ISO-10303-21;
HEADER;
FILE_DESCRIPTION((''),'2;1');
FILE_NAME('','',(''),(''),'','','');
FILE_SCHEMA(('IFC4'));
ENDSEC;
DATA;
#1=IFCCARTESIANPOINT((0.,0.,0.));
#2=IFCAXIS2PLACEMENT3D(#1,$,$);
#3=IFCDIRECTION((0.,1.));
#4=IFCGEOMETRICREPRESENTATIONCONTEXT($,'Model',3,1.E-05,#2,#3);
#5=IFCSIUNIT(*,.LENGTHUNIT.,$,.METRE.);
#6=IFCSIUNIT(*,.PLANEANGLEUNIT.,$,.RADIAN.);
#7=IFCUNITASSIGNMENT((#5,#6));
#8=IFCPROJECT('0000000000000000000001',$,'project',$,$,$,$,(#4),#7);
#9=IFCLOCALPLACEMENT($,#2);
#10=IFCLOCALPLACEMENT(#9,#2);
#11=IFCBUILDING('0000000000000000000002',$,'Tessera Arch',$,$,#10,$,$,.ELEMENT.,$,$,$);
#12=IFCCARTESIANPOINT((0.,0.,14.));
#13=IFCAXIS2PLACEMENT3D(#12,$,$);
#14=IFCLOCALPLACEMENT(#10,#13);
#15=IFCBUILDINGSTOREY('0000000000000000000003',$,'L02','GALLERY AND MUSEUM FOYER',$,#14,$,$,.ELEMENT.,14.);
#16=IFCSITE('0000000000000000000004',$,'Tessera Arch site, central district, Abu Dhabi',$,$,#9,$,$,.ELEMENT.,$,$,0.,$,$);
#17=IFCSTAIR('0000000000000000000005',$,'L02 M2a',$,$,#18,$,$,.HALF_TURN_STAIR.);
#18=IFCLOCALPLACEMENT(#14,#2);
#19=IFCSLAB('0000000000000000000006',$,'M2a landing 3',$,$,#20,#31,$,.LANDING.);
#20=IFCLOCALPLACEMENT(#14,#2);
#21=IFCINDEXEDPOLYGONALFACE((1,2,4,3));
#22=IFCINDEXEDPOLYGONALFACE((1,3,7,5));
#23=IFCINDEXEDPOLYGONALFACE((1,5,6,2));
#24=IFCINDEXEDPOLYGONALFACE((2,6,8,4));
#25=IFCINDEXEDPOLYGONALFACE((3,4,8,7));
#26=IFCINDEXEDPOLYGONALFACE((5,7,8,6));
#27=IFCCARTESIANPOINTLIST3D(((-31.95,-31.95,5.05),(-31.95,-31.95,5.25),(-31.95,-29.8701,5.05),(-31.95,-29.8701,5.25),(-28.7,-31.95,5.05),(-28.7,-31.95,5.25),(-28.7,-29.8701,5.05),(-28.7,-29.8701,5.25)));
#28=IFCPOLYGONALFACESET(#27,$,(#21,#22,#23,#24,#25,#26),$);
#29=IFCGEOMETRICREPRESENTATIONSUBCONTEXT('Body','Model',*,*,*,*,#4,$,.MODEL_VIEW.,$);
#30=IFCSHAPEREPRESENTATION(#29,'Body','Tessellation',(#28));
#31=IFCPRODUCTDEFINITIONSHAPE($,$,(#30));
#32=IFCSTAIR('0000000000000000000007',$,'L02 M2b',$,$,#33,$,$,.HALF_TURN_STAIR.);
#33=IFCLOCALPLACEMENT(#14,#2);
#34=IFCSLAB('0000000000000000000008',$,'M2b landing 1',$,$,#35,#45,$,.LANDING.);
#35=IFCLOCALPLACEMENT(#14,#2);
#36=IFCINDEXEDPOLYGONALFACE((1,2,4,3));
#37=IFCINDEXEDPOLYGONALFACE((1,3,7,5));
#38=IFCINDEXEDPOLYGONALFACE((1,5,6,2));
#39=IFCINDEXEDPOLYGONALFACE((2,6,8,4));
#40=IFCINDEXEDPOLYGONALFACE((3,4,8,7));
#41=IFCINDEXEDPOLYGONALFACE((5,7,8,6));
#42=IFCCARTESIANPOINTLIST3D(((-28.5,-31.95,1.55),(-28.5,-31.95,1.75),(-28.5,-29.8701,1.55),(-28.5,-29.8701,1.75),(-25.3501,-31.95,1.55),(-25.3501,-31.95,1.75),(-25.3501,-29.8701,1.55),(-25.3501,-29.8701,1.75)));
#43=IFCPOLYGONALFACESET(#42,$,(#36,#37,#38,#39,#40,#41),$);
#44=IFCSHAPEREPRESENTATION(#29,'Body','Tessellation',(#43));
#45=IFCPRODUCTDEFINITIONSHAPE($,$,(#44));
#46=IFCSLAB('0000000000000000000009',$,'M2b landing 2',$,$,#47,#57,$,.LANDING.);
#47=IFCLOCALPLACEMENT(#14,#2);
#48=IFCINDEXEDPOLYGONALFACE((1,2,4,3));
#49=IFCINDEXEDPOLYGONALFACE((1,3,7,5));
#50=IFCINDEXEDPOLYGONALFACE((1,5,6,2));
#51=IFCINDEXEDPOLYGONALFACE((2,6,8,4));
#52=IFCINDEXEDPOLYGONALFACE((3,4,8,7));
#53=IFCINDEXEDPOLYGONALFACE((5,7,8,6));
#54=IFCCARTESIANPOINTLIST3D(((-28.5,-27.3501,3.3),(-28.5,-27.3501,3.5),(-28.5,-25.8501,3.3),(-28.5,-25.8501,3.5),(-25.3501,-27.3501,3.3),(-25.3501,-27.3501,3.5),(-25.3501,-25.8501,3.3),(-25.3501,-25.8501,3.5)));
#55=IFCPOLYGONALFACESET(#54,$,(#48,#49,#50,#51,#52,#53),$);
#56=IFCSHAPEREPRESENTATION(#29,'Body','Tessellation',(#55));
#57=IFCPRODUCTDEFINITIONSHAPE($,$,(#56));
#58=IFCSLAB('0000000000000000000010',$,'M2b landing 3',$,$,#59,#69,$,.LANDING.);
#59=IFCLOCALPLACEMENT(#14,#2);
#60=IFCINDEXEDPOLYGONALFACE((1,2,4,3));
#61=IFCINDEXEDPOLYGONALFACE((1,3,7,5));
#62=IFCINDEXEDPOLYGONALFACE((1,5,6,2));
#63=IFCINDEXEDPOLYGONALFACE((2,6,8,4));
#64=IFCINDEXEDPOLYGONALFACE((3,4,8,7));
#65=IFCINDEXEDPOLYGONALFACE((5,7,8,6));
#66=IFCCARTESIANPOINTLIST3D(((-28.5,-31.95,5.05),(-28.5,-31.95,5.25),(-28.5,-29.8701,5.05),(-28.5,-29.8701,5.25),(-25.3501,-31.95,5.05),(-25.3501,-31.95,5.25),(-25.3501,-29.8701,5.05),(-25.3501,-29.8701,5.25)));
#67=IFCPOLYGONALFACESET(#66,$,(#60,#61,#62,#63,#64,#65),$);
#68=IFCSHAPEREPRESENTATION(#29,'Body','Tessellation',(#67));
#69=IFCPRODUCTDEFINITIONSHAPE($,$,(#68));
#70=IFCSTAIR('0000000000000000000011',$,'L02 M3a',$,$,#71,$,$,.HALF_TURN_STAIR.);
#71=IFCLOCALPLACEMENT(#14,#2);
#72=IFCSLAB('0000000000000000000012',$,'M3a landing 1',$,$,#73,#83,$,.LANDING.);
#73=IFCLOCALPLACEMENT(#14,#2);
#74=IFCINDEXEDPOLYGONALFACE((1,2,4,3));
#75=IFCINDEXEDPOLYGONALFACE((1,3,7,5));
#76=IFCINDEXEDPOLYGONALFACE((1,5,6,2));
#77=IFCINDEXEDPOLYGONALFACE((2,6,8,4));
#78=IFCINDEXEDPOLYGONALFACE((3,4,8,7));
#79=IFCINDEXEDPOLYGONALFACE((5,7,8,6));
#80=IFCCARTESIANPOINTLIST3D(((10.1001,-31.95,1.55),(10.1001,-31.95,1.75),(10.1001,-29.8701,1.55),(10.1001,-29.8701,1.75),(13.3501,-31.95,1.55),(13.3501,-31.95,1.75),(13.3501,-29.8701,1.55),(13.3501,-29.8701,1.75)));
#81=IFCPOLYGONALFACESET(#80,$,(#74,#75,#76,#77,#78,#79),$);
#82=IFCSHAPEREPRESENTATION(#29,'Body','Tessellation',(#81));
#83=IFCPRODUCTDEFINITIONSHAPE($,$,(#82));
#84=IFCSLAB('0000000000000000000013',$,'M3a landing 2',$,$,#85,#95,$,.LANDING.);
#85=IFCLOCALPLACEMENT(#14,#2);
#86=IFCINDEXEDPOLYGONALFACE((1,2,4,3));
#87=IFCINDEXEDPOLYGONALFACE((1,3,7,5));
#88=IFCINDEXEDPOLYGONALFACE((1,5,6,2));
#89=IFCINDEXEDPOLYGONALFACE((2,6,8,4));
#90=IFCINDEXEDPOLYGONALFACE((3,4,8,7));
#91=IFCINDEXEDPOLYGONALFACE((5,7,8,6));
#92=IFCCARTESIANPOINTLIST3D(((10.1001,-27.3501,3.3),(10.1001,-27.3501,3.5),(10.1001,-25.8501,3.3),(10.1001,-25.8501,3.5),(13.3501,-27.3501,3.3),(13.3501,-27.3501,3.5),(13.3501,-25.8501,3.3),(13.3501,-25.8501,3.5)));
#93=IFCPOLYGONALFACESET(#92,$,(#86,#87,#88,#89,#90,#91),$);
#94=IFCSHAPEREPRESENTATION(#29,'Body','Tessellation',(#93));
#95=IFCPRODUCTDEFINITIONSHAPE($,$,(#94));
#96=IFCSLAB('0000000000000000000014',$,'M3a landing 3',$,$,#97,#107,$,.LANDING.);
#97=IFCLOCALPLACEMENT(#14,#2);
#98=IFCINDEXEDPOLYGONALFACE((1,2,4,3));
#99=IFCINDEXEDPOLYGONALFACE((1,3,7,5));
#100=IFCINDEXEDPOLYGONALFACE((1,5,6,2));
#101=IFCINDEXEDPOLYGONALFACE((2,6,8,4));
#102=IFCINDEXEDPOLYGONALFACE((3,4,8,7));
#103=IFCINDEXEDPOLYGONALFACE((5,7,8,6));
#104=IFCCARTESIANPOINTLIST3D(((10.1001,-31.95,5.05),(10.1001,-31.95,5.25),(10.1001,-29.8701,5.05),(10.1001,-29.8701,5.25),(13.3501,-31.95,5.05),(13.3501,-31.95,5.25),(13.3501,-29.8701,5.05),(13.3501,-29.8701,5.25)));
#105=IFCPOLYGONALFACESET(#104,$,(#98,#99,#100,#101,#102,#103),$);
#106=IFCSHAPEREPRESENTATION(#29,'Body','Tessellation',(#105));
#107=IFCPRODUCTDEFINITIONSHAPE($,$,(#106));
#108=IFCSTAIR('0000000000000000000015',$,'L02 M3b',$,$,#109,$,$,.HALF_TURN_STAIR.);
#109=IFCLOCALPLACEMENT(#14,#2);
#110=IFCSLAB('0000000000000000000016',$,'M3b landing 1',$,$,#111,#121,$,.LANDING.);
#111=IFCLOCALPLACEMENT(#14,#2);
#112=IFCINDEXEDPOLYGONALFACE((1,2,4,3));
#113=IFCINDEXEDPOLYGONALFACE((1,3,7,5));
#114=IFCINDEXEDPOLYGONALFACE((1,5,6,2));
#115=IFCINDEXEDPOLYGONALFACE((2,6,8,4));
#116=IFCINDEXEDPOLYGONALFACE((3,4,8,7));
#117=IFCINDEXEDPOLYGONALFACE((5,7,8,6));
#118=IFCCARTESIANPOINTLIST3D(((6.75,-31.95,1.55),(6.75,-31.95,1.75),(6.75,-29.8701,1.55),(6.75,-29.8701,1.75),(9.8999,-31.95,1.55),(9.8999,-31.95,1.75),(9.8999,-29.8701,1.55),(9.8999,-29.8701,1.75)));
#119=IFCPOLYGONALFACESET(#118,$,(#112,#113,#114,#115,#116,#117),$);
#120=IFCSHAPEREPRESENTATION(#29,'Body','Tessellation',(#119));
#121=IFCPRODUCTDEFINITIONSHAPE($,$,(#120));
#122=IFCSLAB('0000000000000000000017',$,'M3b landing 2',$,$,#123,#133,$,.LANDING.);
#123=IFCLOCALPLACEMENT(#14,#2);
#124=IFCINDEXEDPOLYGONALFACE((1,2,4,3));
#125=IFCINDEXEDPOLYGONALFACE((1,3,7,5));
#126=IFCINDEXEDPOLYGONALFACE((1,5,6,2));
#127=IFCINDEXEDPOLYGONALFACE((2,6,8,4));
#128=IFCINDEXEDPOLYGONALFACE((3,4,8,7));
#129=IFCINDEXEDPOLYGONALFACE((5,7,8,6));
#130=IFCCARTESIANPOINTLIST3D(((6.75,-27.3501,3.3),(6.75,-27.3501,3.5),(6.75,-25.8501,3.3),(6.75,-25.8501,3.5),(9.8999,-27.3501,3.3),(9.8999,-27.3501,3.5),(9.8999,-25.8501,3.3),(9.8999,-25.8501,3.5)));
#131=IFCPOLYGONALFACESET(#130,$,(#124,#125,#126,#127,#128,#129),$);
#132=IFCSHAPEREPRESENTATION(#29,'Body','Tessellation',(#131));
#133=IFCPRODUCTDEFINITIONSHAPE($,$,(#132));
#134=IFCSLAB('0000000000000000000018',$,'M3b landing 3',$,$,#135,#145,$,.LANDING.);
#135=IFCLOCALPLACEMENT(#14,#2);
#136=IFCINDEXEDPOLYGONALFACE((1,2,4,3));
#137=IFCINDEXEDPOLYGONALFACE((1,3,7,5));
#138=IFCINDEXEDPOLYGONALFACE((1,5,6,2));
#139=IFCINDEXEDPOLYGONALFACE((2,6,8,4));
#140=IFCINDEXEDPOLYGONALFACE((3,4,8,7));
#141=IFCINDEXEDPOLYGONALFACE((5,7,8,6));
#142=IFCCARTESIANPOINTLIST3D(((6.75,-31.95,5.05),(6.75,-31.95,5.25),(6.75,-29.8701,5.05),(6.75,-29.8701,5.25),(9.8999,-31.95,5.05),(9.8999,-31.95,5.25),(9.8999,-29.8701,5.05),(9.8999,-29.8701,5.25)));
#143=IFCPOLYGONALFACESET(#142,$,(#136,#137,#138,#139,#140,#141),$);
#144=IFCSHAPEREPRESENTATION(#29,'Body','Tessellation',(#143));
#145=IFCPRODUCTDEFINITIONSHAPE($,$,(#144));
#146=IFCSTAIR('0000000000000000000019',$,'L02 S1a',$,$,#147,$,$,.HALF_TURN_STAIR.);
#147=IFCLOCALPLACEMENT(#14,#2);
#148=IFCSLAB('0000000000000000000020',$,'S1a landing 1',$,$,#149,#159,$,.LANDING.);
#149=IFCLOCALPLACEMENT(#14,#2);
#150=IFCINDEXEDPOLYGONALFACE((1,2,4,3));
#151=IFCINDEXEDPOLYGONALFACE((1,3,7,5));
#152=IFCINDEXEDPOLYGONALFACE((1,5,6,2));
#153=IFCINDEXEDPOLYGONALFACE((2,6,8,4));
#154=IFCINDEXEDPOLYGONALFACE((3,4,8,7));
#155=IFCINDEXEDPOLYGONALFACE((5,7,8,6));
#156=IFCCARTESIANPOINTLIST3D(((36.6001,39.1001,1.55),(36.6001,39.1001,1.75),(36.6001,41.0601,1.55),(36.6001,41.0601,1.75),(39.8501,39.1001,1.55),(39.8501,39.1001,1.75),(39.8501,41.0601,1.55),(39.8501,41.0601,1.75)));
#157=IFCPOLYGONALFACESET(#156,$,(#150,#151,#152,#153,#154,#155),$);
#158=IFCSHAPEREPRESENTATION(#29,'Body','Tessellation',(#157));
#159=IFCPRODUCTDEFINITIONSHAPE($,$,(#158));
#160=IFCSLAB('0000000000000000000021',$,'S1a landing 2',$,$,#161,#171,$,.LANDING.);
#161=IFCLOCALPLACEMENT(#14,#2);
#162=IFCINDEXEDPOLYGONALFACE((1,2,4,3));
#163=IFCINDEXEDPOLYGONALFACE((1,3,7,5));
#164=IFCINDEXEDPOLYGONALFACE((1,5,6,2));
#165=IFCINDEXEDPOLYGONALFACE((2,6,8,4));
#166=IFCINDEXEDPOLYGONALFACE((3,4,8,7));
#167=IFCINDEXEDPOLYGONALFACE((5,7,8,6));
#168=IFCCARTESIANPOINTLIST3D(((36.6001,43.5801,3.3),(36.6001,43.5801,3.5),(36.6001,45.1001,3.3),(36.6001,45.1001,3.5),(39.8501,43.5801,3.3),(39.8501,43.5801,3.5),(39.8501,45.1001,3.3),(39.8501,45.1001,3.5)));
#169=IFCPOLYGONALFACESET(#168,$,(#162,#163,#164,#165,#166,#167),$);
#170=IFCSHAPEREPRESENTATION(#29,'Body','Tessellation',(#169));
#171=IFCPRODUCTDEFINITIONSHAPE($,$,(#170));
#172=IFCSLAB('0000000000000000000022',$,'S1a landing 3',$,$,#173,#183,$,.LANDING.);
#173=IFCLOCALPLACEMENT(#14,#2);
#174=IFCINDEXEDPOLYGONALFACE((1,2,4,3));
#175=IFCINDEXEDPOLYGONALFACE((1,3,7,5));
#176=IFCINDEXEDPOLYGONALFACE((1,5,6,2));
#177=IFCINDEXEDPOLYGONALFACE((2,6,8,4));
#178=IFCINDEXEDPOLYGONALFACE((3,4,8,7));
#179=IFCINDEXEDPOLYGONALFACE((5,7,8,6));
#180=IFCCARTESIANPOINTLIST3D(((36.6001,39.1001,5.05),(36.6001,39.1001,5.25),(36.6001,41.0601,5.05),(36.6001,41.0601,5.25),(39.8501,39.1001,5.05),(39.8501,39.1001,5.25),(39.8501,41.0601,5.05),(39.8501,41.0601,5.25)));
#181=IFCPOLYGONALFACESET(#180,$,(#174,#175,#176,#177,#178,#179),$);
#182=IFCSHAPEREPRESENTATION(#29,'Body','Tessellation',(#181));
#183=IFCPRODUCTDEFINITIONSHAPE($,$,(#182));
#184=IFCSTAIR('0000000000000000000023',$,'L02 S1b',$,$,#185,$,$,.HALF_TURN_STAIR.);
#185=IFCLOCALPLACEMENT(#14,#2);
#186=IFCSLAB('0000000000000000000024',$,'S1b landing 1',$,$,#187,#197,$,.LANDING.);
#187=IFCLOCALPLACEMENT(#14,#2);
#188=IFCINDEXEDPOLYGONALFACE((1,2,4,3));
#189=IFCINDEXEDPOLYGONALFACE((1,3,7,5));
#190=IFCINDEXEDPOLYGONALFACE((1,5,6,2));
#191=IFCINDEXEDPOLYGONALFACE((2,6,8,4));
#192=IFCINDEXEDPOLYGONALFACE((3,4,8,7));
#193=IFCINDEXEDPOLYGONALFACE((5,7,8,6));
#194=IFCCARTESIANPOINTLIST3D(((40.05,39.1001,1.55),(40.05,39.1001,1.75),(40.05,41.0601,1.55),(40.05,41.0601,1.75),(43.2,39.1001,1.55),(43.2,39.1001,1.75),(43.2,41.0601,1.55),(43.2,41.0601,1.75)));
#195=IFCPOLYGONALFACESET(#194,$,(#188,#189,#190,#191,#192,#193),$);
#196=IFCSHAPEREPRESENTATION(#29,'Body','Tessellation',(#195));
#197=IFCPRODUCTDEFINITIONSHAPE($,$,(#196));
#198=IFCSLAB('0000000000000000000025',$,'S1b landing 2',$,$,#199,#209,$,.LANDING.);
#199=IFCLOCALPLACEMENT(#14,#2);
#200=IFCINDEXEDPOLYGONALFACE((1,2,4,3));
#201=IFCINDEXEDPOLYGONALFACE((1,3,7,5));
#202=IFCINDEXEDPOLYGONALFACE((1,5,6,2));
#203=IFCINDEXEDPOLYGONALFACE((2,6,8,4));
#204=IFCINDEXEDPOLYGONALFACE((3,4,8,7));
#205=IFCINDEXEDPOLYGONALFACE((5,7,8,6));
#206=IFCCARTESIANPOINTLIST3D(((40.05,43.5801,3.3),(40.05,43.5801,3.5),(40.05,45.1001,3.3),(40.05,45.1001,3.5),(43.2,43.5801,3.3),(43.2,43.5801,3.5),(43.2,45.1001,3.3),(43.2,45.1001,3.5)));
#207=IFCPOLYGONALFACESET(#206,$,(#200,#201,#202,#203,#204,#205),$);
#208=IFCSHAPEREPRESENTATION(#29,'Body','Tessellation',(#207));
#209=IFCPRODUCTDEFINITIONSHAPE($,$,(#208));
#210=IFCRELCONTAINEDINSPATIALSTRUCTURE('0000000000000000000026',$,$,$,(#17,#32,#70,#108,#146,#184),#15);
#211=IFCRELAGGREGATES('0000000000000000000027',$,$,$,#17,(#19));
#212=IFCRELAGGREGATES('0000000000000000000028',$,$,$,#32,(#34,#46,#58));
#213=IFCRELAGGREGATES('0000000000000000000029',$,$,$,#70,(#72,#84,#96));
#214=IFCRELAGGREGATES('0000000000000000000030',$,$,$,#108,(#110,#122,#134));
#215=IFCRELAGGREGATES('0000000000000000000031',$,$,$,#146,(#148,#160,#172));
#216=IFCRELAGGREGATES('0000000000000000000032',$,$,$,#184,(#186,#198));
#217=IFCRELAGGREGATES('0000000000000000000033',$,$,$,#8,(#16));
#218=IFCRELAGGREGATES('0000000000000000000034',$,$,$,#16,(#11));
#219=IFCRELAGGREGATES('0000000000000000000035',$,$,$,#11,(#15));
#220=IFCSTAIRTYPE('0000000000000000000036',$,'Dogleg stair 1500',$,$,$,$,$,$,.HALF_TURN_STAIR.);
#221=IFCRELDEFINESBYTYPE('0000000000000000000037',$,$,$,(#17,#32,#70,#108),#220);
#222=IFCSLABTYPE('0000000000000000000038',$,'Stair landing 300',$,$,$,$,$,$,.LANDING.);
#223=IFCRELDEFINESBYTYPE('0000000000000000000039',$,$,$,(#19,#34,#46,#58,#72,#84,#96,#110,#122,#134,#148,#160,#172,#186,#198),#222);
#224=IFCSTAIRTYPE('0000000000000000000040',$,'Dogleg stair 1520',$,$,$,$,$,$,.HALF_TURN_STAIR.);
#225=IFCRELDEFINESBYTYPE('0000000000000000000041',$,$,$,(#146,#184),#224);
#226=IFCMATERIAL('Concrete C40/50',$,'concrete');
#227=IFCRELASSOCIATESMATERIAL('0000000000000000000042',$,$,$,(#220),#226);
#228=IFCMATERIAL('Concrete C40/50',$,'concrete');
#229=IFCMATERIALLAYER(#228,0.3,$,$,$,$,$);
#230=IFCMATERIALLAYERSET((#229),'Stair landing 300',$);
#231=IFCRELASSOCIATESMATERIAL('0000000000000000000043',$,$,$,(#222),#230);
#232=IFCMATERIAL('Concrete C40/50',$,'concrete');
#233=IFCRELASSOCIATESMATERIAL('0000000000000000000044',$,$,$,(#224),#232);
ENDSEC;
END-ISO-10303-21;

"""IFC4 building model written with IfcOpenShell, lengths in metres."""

from ifc_helpers import new_model, si_unit, direction, frame, origin, place, context, subcontext, project, spatial, polyline, outline, extrude, material, layer, layer_set, type_object, element, aggregate, save


model = new_model("IFC4")

# Units and contexts
model_context = context("Model", 3, precision=1e-05, world=origin(), true_north=direction((0.0, 1.0)))
body_context = subcontext(model_context, "Body", "Model", "MODEL_VIEW")
ifc_project = project(units=[si_unit("LENGTHUNIT", "METRE"), si_unit("PLANEANGLEUNIT", "RADIAN")], contexts=[model_context])

# Site, building, storey
site_placement = place(None, origin())
site = spatial("IfcSite", under=ifc_project, at=site_placement, Name="Tessera Arch site, central district, Abu Dhabi", CompositionType="ELEMENT", RefElevation=0.0)
building_placement = place(site_placement, origin())
building = spatial("IfcBuilding", under=site, at=building_placement, Name="Tessera Arch", CompositionType="ELEMENT")
storey_placement = place(building_placement, frame((0.0, 0.0, 14.0)))
storey = spatial("IfcBuildingStorey", under=building, at=storey_placement, Name="L02", Description="GALLERY AND MUSEUM FOYER", CompositionType="ELEMENT", Elevation=14.0)

# Stair, slab
ifc_material_1 = material(Name="Concrete C40/50", Category="concrete")
stair_type_1 = type_object("IfcStairType", Name="Dogleg stair 1500", PredefinedType="HALF_TURN_STAIR", material=ifc_material_1)
stair_1_placement = place(storey_placement, origin())
stair_1 = element("IfcStair", 1, at=stair_1_placement, inside=storey, type_object=stair_type_1, Name="L02 M2a", PredefinedType="HALF_TURN_STAIR")
ifc_material_2 = material(Name="Concrete C40/50", Category="concrete")
ifc_layer = layer(ifc_material_2, 0.3)
ifc_layer_set = layer_set([ifc_layer], Name="Stair landing 300")
slab_type = type_object("IfcSlabType", Name="Stair landing 300", PredefinedType="LANDING", material=ifc_layer_set)
slab_1_placement = place(storey_placement, frame((0.0, 0.0, 5.05)))
slab_1 = element("IfcSlab", 2, at=slab_1_placement, type_object=slab_type, Name="M2a landing 3", PredefinedType="LANDING", context=body_context, shape_type="SweptSolid", body=[
    extrude(outline(polyline([(-31.95, -29.8701), (-31.95, -31.95), (-28.7, -31.95), (-28.7, -29.8701), (-31.95, -29.8701)])), origin(), (0.0, 0.0, 1.0), 0.2),
])
aggregate(stair_1, [slab_1])

# Stairs, slabs
stair_2_placement = place(storey_placement, origin())
stair_2 = element("IfcStair", 3, at=stair_2_placement, inside=storey, type_object=stair_type_1, Name="L02 M2b", PredefinedType="HALF_TURN_STAIR")
slab_2_placement = place(storey_placement, frame((0.0, 0.0, 1.55)))
slab_2 = element("IfcSlab", 4, at=slab_2_placement, type_object=slab_type, Name="M2b landing 1", PredefinedType="LANDING", context=body_context, shape_type="SweptSolid", body=[
    extrude(outline(polyline([(-28.5, -29.8701), (-28.5, -31.95), (-25.3501, -31.95), (-25.3501, -29.8701), (-28.5, -29.8701)])), origin(), (0.0, 0.0, 1.0), 0.2),
])
slab_3_placement = place(storey_placement, frame((0.0, 0.0, 3.3)))
slab_3 = element("IfcSlab", 5, at=slab_3_placement, type_object=slab_type, Name="M2b landing 2", PredefinedType="LANDING", context=body_context, shape_type="SweptSolid", body=[
    extrude(outline(polyline([(-28.5, -25.8501), (-28.5, -27.3501), (-25.3501, -27.3501), (-25.3501, -25.8501), (-28.5, -25.8501)])), origin(), (0.0, 0.0, 1.0), 0.2),
])
slab_4_placement = place(storey_placement, frame((0.0, 0.0, 5.05)))
slab_4 = element("IfcSlab", 6, at=slab_4_placement, type_object=slab_type, Name="M2b landing 3", PredefinedType="LANDING", context=body_context, shape_type="SweptSolid", body=[
    extrude(outline(polyline([(-28.5, -29.8701), (-28.5, -31.95), (-25.3501, -31.95), (-25.3501, -29.8701), (-28.5, -29.8701)])), origin(), (0.0, 0.0, 1.0), 0.2),
])
aggregate(stair_2, [slab_2, slab_3, slab_4])
stair_3_placement = place(storey_placement, origin())
stair_3 = element("IfcStair", 7, at=stair_3_placement, inside=storey, type_object=stair_type_1, Name="L02 M3a", PredefinedType="HALF_TURN_STAIR")
slab_5_placement = place(storey_placement, frame((0.0, 0.0, 1.55)))
slab_5 = element("IfcSlab", 8, at=slab_5_placement, type_object=slab_type, Name="M3a landing 1", PredefinedType="LANDING", context=body_context, shape_type="SweptSolid", body=[
    extrude(outline(polyline([(10.1001, -29.8701), (10.1001, -31.95), (13.3501, -31.95), (13.3501, -29.8701), (10.1001, -29.8701)])), origin(), (0.0, 0.0, 1.0), 0.2),
])
slab_6_placement = place(storey_placement, frame((0.0, 0.0, 3.3)))
slab_6 = element("IfcSlab", 9, at=slab_6_placement, type_object=slab_type, Name="M3a landing 2", PredefinedType="LANDING", context=body_context, shape_type="SweptSolid", body=[
    extrude(outline(polyline([(10.1001, -25.8501), (10.1001, -27.3501), (13.3501, -27.3501), (13.3501, -25.8501), (10.1001, -25.8501)])), origin(), (0.0, 0.0, 1.0), 0.2),
])
slab_7_placement = place(storey_placement, frame((0.0, 0.0, 5.05)))
slab_7 = element("IfcSlab", 10, at=slab_7_placement, type_object=slab_type, Name="M3a landing 3", PredefinedType="LANDING", context=body_context, shape_type="SweptSolid", body=[
    extrude(outline(polyline([(10.1001, -29.8701), (10.1001, -31.95), (13.3501, -31.95), (13.3501, -29.8701), (10.1001, -29.8701)])), origin(), (0.0, 0.0, 1.0), 0.2),
])
aggregate(stair_3, [slab_5, slab_6, slab_7])
stair_4_placement = place(storey_placement, origin())
stair_4 = element("IfcStair", 11, at=stair_4_placement, inside=storey, type_object=stair_type_1, Name="L02 M3b", PredefinedType="HALF_TURN_STAIR")
slab_8_placement = place(storey_placement, frame((0.0, 0.0, 1.55)))
slab_8 = element("IfcSlab", 12, at=slab_8_placement, type_object=slab_type, Name="M3b landing 1", PredefinedType="LANDING", context=body_context, shape_type="SweptSolid", body=[
    extrude(outline(polyline([(6.75, -29.8701), (6.75, -31.95), (9.8999, -31.95), (9.8999, -29.8701), (6.75, -29.8701)])), origin(), (0.0, 0.0, 1.0), 0.2),
])
slab_9_placement = place(storey_placement, frame((0.0, 0.0, 3.3)))
slab_9 = element("IfcSlab", 13, at=slab_9_placement, type_object=slab_type, Name="M3b landing 2", PredefinedType="LANDING", context=body_context, shape_type="SweptSolid", body=[
    extrude(outline(polyline([(6.75, -25.8501), (6.75, -27.3501), (9.8999, -27.3501), (9.8999, -25.8501), (6.75, -25.8501)])), origin(), (0.0, 0.0, 1.0), 0.2),
])
slab_10_placement = place(storey_placement, frame((0.0, 0.0, 5.05)))
slab_10 = element("IfcSlab", 14, at=slab_10_placement, type_object=slab_type, Name="M3b landing 3", PredefinedType="LANDING", context=body_context, shape_type="SweptSolid", body=[
    extrude(outline(polyline([(6.75, -29.8701), (6.75, -31.95), (9.8999, -31.95), (9.8999, -29.8701), (6.75, -29.8701)])), origin(), (0.0, 0.0, 1.0), 0.2),
])
aggregate(stair_4, [slab_8, slab_9, slab_10])
ifc_material_3 = material(Name="Concrete C40/50", Category="concrete")
stair_type_2 = type_object("IfcStairType", Name="Dogleg stair 1520", PredefinedType="HALF_TURN_STAIR", material=ifc_material_3)
stair_5_placement = place(storey_placement, origin())
stair_5 = element("IfcStair", 15, at=stair_5_placement, inside=storey, type_object=stair_type_2, Name="L02 S1a", PredefinedType="HALF_TURN_STAIR")
slab_11_placement = place(storey_placement, frame((0.0, 0.0, 1.55)))
slab_11 = element("IfcSlab", 16, at=slab_11_placement, type_object=slab_type, Name="S1a landing 1", PredefinedType="LANDING", context=body_context, shape_type="SweptSolid", body=[
    extrude(outline(polyline([(36.6001, 41.0601), (36.6001, 39.1001), (39.8501, 39.1001), (39.8501, 41.0601), (36.6001, 41.0601)])), origin(), (0.0, 0.0, 1.0), 0.2),
])
slab_12_placement = place(storey_placement, frame((0.0, 0.0, 3.3)))
slab_12 = element("IfcSlab", 17, at=slab_12_placement, type_object=slab_type, Name="S1a landing 2", PredefinedType="LANDING", context=body_context, shape_type="SweptSolid", body=[
    extrude(outline(polyline([(36.6001, 45.1001), (36.6001, 43.5801), (39.8501, 43.5801), (39.8501, 45.1001), (36.6001, 45.1001)])), origin(), (0.0, 0.0, 1.0), 0.2),
])
slab_13_placement = place(storey_placement, frame((0.0, 0.0, 5.05)))
slab_13 = element("IfcSlab", 18, at=slab_13_placement, type_object=slab_type, Name="S1a landing 3", PredefinedType="LANDING", context=body_context, shape_type="SweptSolid", body=[
    extrude(outline(polyline([(36.6001, 41.0601), (36.6001, 39.1001), (39.8501, 39.1001), (39.8501, 41.0601), (36.6001, 41.0601)])), origin(), (0.0, 0.0, 1.0), 0.2),
])
aggregate(stair_5, [slab_11, slab_12, slab_13])
stair_6_placement = place(storey_placement, origin())
stair_6 = element("IfcStair", 19, at=stair_6_placement, inside=storey, type_object=stair_type_2, Name="L02 S1b", PredefinedType="HALF_TURN_STAIR")
slab_14_placement = place(storey_placement, frame((0.0, 0.0, 1.55)))
slab_14 = element("IfcSlab", 20, at=slab_14_placement, type_object=slab_type, Name="S1b landing 1", PredefinedType="LANDING", context=body_context, shape_type="SweptSolid", body=[
    extrude(outline(polyline([(40.05, 41.0601), (40.05, 39.1001), (43.2, 39.1001), (43.2, 41.0601), (40.05, 41.0601)])), origin(), (0.0, 0.0, 1.0), 0.2),
])
slab_15_placement = place(storey_placement, frame((0.0, 0.0, 3.3)))
slab_15 = element("IfcSlab", 21, at=slab_15_placement, type_object=slab_type, Name="S1b landing 2", PredefinedType="LANDING", context=body_context, shape_type="SweptSolid", body=[
    extrude(outline(polyline([(40.05, 45.1001), (40.05, 43.5801), (43.2, 43.5801), (43.2, 45.1001), (40.05, 45.1001)])), origin(), (0.0, 0.0, 1.0), 0.2),
])
aggregate(stair_6, [slab_14, slab_15])

save(model, "model.ifc")
